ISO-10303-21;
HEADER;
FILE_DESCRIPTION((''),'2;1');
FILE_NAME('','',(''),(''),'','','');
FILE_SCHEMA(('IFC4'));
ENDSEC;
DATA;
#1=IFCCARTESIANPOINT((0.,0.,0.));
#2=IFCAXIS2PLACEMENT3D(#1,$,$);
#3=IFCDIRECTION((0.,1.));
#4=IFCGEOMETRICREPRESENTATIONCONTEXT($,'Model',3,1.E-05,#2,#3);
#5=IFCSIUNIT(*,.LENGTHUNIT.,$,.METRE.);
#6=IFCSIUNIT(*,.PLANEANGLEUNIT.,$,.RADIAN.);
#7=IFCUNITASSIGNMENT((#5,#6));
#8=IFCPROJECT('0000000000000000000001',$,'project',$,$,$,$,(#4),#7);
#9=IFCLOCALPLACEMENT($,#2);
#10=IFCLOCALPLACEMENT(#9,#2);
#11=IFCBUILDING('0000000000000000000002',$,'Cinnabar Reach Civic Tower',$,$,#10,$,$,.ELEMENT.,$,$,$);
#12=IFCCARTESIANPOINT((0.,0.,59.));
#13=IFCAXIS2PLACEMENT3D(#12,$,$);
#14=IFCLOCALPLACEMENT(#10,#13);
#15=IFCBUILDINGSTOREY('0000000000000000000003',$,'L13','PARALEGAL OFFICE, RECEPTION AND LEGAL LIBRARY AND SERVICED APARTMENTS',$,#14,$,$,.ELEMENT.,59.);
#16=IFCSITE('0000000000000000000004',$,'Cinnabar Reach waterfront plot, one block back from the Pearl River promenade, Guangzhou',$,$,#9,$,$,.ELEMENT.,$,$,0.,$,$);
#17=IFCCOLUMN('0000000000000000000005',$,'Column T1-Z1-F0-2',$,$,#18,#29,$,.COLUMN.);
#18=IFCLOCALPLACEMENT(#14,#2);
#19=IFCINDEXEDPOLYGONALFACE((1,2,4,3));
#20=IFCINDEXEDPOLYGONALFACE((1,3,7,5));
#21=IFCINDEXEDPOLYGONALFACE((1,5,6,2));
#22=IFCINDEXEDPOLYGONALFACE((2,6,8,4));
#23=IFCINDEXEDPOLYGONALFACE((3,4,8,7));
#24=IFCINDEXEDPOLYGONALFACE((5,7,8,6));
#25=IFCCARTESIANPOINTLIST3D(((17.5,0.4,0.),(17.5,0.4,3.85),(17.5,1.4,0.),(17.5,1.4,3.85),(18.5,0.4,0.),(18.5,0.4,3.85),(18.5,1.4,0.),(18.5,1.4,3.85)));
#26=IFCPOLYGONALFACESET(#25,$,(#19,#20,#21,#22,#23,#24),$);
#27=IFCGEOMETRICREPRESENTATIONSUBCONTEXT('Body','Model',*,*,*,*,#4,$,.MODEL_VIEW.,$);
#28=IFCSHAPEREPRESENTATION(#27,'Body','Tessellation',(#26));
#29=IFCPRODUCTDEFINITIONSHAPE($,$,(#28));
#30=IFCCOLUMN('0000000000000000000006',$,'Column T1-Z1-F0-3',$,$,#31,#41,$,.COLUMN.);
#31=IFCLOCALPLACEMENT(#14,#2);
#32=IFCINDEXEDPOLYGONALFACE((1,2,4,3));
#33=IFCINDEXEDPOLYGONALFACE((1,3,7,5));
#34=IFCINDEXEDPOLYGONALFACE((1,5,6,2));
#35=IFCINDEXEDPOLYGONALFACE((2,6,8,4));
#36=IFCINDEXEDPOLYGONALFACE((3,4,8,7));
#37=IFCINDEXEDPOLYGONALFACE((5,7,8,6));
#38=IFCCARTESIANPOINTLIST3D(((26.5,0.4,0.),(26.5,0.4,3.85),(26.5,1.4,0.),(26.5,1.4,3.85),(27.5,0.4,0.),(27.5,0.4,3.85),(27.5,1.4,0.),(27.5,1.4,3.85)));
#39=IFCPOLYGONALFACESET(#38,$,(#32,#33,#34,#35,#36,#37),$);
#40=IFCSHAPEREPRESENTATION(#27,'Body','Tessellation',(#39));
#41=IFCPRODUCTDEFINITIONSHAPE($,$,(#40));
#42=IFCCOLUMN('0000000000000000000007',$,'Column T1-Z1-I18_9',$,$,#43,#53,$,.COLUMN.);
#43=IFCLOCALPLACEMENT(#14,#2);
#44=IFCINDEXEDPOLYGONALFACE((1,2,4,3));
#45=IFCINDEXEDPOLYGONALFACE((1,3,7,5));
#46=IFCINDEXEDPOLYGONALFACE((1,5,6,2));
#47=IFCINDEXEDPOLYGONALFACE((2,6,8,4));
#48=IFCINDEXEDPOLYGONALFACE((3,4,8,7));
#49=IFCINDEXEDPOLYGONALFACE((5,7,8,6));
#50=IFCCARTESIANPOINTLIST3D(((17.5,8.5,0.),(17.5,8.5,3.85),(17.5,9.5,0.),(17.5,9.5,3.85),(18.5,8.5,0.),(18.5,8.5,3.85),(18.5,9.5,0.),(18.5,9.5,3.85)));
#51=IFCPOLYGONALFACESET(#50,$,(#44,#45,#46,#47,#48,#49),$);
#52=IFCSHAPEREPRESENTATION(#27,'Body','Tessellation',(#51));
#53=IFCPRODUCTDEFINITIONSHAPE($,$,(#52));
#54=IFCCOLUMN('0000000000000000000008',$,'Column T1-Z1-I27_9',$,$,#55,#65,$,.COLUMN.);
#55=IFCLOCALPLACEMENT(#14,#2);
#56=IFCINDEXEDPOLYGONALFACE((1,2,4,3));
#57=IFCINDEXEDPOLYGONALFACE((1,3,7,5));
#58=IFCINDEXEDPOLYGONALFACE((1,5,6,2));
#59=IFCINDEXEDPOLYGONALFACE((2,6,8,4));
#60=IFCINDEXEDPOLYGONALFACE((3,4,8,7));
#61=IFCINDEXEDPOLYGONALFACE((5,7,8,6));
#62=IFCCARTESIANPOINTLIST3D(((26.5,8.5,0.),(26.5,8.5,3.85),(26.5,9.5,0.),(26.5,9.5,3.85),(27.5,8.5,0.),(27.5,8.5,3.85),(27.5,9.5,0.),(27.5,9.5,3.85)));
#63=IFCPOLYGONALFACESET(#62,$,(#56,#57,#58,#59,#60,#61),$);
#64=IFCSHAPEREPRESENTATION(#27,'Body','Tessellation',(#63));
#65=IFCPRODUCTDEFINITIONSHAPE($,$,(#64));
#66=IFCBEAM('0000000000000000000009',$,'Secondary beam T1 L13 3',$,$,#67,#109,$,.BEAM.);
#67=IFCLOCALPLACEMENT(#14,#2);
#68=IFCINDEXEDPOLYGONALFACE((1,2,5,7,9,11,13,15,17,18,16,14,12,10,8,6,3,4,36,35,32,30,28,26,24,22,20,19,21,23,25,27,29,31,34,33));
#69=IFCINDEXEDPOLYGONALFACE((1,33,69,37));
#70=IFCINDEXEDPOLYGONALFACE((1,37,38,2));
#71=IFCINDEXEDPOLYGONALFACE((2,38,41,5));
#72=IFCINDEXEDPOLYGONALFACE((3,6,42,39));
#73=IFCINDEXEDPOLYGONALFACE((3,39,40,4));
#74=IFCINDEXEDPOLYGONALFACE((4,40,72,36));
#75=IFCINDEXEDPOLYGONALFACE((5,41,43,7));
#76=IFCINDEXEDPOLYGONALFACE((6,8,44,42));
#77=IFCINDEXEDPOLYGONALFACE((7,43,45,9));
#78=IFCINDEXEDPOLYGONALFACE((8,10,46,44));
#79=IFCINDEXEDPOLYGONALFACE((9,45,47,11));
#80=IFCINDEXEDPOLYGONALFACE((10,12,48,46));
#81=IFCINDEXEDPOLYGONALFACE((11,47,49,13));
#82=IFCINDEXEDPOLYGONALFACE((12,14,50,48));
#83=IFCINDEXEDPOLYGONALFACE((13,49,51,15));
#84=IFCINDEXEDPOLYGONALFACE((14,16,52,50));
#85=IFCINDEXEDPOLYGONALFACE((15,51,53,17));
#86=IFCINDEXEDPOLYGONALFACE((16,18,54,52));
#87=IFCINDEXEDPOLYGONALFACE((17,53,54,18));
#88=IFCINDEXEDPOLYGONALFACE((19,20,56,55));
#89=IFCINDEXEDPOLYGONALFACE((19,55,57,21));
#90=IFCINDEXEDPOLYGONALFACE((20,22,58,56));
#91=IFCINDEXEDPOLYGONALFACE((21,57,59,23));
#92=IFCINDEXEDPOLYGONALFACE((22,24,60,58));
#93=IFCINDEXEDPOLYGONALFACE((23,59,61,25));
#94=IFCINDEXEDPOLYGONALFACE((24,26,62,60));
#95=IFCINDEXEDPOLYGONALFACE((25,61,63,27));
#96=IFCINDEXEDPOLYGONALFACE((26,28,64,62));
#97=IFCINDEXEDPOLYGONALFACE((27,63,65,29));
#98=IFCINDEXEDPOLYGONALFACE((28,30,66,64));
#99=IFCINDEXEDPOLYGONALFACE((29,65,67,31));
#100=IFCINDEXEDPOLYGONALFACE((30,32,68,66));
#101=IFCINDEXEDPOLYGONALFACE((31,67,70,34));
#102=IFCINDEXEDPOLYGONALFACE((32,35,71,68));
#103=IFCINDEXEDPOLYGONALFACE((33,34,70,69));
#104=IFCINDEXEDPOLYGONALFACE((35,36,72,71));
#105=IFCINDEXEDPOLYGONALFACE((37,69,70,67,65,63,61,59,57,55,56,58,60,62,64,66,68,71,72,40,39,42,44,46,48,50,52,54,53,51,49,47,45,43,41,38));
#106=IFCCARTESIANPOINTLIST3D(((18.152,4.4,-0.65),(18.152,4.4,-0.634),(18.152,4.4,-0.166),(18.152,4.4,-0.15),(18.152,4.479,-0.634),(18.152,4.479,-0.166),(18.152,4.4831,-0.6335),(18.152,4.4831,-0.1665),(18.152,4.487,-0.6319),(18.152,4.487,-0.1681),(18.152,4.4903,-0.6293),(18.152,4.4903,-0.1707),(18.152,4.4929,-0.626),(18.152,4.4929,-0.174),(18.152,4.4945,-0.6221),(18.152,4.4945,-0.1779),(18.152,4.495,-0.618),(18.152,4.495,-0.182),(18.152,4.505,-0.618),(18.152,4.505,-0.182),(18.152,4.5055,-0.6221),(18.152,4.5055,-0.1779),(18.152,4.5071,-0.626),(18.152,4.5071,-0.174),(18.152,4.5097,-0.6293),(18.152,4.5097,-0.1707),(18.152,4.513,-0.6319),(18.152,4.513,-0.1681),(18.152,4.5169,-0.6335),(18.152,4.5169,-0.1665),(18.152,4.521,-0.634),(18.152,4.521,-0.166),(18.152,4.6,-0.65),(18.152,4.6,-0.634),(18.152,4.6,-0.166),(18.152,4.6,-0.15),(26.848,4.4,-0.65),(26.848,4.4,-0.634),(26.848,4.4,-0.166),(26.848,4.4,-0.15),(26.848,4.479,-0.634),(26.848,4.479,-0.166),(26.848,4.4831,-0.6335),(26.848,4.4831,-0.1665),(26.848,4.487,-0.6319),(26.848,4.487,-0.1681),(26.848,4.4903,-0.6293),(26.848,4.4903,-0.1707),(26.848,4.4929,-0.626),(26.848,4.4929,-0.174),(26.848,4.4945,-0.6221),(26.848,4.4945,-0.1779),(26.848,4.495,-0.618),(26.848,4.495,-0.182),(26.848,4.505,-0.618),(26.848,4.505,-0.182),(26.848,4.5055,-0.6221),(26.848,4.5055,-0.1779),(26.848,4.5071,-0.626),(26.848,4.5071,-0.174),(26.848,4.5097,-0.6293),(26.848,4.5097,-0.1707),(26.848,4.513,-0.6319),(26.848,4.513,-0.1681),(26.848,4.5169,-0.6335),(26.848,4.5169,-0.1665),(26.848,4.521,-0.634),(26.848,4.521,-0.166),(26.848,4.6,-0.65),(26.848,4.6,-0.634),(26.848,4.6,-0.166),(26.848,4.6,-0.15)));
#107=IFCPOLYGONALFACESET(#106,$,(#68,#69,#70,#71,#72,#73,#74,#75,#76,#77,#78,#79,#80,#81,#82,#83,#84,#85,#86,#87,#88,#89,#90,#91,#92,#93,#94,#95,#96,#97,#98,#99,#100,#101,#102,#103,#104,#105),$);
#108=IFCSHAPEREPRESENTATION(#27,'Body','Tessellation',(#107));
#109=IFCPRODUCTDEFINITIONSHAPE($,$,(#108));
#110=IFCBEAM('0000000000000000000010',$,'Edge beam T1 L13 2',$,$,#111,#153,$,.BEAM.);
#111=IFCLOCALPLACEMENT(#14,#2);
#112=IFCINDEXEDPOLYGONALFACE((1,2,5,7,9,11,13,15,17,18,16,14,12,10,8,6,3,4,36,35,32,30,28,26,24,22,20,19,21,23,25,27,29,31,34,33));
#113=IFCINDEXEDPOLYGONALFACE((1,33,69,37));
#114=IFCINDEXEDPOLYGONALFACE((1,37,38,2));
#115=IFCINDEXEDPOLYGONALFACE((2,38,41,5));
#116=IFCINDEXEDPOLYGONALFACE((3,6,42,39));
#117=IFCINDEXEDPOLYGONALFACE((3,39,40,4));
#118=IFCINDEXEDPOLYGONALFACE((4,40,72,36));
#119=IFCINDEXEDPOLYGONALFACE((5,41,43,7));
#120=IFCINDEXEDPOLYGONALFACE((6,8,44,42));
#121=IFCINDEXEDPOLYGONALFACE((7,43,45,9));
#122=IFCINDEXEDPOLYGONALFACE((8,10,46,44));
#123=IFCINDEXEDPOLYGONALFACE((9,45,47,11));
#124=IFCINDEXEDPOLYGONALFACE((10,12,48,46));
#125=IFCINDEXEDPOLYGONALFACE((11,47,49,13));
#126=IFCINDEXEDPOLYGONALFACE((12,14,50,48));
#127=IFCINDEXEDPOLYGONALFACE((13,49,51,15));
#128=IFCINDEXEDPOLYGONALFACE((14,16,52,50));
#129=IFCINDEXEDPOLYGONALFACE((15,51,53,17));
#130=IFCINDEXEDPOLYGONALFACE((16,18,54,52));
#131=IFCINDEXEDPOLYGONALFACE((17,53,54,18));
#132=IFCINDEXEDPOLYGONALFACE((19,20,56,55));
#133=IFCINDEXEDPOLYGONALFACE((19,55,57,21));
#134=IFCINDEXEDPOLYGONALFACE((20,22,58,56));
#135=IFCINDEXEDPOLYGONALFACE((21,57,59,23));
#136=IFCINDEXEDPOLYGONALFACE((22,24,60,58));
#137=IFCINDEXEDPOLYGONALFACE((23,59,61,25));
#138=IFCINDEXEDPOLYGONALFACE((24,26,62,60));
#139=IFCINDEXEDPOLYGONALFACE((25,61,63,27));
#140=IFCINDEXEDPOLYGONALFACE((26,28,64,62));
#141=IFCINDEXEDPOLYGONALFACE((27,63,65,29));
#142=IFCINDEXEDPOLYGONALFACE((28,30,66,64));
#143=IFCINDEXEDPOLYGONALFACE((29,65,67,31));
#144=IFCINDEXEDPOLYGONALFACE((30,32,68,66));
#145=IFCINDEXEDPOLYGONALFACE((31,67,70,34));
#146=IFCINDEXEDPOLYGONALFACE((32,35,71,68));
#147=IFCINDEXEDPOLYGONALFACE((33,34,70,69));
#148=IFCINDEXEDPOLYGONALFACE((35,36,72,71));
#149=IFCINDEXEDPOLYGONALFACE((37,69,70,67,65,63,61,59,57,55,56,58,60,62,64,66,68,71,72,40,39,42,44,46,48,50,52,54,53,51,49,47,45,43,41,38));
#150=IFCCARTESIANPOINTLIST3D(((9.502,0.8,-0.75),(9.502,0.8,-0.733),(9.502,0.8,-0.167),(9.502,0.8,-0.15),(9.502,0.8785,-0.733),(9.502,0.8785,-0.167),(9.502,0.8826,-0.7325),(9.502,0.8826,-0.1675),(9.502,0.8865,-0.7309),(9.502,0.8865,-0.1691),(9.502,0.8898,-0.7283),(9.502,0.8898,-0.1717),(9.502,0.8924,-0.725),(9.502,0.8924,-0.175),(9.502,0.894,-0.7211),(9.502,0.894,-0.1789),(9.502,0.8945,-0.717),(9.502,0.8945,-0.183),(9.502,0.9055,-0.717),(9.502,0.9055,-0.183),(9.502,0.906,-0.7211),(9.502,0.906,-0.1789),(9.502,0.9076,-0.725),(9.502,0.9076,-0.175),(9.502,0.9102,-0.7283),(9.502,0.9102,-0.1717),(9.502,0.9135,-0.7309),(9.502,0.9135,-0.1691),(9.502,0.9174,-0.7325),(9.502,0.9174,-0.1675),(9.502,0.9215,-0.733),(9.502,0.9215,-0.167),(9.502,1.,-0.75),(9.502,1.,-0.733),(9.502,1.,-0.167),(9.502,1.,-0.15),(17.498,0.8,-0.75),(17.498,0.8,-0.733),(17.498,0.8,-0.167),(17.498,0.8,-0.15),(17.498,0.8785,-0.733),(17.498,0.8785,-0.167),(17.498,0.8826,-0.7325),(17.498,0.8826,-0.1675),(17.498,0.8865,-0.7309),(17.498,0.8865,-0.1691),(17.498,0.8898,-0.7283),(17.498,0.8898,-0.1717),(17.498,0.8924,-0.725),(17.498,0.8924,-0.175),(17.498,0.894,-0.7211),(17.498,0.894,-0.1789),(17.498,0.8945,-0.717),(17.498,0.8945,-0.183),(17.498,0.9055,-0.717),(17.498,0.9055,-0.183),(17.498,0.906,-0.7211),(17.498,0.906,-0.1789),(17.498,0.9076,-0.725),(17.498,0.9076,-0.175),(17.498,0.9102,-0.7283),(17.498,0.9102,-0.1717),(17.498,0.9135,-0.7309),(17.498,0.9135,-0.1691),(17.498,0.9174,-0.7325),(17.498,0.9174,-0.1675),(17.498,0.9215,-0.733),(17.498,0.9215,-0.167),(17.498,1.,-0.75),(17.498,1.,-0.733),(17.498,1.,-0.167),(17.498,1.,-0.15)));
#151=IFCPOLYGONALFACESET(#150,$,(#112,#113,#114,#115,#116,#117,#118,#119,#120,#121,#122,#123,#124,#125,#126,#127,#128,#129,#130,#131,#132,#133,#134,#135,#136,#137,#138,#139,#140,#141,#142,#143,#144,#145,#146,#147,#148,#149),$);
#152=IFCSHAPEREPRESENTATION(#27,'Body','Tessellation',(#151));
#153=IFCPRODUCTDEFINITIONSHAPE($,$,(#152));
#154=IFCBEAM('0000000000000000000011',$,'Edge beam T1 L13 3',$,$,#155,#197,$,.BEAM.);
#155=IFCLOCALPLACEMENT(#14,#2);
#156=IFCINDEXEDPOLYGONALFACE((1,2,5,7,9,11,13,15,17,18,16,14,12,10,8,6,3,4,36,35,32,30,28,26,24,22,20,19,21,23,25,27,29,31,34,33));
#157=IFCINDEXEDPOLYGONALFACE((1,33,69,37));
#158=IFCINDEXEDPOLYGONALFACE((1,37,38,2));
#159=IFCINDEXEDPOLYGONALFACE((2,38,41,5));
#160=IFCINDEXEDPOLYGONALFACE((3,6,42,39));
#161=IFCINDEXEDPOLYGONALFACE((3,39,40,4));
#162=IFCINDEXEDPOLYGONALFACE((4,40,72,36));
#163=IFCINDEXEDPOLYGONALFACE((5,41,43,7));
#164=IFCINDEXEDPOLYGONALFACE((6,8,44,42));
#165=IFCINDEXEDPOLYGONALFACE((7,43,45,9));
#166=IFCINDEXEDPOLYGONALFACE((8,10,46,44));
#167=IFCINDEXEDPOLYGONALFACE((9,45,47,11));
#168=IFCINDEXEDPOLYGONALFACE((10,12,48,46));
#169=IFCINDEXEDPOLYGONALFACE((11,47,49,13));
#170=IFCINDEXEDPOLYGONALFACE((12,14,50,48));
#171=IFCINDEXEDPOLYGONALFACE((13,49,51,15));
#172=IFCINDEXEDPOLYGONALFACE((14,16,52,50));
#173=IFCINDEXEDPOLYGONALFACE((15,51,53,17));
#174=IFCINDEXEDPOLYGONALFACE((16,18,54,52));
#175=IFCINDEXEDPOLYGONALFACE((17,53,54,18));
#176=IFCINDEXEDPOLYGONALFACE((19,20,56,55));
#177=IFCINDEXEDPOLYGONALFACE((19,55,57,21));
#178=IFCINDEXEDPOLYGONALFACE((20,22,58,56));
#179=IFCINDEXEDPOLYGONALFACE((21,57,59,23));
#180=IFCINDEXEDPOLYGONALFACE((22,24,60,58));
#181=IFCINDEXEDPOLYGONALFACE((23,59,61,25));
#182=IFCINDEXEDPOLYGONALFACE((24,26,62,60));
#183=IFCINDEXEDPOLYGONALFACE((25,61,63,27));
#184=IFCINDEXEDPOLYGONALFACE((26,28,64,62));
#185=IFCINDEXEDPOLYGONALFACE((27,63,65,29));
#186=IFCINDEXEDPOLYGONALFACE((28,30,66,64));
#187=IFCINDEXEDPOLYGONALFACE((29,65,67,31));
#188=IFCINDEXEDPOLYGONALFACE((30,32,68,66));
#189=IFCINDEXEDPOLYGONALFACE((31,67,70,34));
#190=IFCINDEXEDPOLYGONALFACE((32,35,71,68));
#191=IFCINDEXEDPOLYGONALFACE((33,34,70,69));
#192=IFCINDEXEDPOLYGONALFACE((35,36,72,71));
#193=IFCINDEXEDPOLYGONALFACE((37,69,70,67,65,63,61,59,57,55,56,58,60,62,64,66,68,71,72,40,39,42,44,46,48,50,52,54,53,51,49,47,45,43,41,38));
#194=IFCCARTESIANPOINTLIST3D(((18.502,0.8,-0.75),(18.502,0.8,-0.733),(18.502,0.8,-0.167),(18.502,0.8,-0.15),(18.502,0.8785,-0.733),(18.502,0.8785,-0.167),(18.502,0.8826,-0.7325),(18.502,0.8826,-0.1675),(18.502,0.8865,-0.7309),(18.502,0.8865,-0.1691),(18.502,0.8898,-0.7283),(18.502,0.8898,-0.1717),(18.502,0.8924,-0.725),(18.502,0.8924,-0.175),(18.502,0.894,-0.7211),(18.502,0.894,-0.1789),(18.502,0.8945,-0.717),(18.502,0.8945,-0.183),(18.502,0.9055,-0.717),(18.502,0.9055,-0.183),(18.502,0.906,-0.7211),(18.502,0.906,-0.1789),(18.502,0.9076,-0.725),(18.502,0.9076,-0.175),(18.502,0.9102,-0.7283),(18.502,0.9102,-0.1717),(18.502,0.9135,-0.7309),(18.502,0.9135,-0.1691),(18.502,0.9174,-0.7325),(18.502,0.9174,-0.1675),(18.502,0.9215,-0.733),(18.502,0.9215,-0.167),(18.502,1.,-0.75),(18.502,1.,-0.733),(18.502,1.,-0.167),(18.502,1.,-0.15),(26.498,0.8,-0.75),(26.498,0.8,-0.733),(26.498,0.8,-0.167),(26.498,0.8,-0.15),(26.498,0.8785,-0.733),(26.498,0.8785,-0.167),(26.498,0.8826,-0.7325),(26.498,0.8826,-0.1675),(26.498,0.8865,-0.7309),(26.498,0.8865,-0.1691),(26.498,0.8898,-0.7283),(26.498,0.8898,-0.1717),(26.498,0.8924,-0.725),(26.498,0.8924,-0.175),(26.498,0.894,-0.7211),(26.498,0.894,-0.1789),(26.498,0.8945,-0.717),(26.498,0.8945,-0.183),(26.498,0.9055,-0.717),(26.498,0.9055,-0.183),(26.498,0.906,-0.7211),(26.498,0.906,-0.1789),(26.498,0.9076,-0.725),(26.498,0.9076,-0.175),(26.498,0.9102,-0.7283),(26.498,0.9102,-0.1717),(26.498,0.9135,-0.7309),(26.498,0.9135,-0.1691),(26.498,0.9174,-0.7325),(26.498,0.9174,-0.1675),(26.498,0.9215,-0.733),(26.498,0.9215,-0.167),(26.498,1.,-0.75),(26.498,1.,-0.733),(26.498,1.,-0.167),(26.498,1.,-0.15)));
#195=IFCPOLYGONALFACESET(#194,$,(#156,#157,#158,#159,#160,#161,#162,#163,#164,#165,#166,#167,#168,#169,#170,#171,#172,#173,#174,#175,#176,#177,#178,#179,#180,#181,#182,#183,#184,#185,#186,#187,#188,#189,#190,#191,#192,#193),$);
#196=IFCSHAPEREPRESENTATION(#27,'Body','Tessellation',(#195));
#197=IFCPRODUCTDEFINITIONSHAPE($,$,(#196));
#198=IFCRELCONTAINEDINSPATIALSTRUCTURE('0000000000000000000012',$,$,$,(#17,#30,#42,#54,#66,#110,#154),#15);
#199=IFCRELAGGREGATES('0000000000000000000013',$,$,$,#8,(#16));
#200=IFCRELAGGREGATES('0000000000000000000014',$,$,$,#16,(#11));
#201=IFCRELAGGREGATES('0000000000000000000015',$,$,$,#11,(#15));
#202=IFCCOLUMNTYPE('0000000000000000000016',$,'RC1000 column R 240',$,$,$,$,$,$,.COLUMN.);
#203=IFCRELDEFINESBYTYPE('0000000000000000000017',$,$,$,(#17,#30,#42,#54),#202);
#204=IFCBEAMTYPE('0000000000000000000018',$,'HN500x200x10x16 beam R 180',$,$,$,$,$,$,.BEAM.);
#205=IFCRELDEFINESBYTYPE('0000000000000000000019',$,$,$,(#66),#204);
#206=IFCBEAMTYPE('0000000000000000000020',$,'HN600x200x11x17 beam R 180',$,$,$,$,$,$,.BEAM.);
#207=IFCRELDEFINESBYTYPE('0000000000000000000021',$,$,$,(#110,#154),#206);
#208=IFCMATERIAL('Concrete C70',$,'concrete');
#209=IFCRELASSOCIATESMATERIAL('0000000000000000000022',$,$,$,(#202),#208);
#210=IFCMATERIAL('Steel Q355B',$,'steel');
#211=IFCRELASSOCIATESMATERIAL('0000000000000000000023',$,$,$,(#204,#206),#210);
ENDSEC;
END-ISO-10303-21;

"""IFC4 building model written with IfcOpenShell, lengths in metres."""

from ifc_helpers import new_model, si_unit, direction, frame, origin, origin_2d, place, context, subcontext, project, spatial, rectangle, i_section, extrude, material, material_profile, profile_set, type_object, element, save


model = new_model("IFC4")

# Units and contexts
model_context = context("Model", 3, precision=1e-05, world=origin(), true_north=direction((0.0, 1.0)))
body_context = subcontext(model_context, "Body", "Model", "MODEL_VIEW")
ifc_project = project(units=[si_unit("LENGTHUNIT", "METRE"), si_unit("PLANEANGLEUNIT", "RADIAN")], contexts=[model_context])

# Site, building, storey
site_placement = place(None, origin())
site = spatial("IfcSite", under=ifc_project, at=site_placement, Name="Cinnabar Reach waterfront plot, one block back from the Pearl River promenade, Guangzhou", CompositionType="ELEMENT", RefElevation=0.0)
building_placement = place(site_placement, origin())
building = spatial("IfcBuilding", under=site, at=building_placement, Name="Cinnabar Reach Civic Tower", CompositionType="ELEMENT")
storey_placement = place(building_placement, frame((0.0, 0.0, 59.0)))
storey = spatial("IfcBuildingStorey", under=building, at=storey_placement, Name="L13", Description="PARALEGAL OFFICE, RECEPTION AND LEGAL LIBRARY AND SERVICED APARTMENTS", CompositionType="ELEMENT", Elevation=59.0)

# Columns
ifc_material_1 = material(Name="Concrete C70", Category="concrete")
ifc_material_profile_1 = material_profile(ifc_material_1, rectangle(XDim=1.0, YDim=1.0, at=origin_2d()), Name="RC1000")
ifc_profile_set_1 = profile_set([ifc_material_profile_1], Name="Concrete C70")
column_type = type_object("IfcColumnType", Name="RC1000 column R 240", PredefinedType="COLUMN", material=ifc_profile_set_1)
for number, where, z_axis, x_axis, name in (
    (1, (18.0, 0.9, 0.0), (0.0, 0.0, 1.0), (1.0, 0.0, 0.0), "Column T1-Z1-F0-2"),
    (2, (27.0, 0.9, 0.0), (0.0, 0.0, 1.0), (1.0, 0.0, 0.0), "Column T1-Z1-F0-3"),
    (3, (18.0, 9.0, 0.0), (0.0, 0.0, 1.0), (1.0, 0.0, 0.0), "Column T1-Z1-I18_9"),
    (4, (27.0, 9.0, 0.0), (0.0, 0.0, 1.0), (1.0, 0.0, 0.0), "Column T1-Z1-I27_9"),
):
    element("IfcColumn", number, at=place(storey_placement, frame(where, z_axis=z_axis, x_axis=x_axis)), inside=storey, type_object=column_type, Name=name, PredefinedType="COLUMN", context=body_context, shape_type="SweptSolid", body=[
        extrude(rectangle(XDim=1.0, YDim=1.0, at=origin_2d()), origin(), (0.0, 0.0, 1.0), 3.85),
    ])

# Beams
ifc_material_2 = material(Name="Steel Q355B", Category="steel")
ifc_material_profile_2 = material_profile(ifc_material_2, i_section(OverallWidth=0.2, OverallDepth=0.5, WebThickness=0.01, FlangeThickness=0.016, FilletRadius=0.016, at=origin_2d()), Name="HN500x200x10x16")
ifc_profile_set_2 = profile_set([ifc_material_profile_2], Name="Steel Q355B")
beam_type_1 = type_object("IfcBeamType", Name="HN500x200x10x16 beam R 180", PredefinedType="BEAM", material=ifc_profile_set_2)
beam_1_placement = place(storey_placement, frame((18.152, 4.5, -0.4), z_axis=(1.0, 0.0, 0.0), x_axis=(0.0, 1.0, 0.0)))
element("IfcBeam", 5, at=beam_1_placement, inside=storey, type_object=beam_type_1, Name="Secondary beam T1 L13 3", PredefinedType="BEAM", context=body_context, shape_type="SweptSolid", body=[
    extrude(i_section(OverallWidth=0.2, OverallDepth=0.5, WebThickness=0.01, FlangeThickness=0.016, FilletRadius=0.016, at=origin_2d()), origin(), (0.0, 0.0, 1.0), 8.696),
])
ifc_material_profile_3 = material_profile(ifc_material_2, i_section(OverallWidth=0.2, OverallDepth=0.6, WebThickness=0.011, FlangeThickness=0.017, FilletRadius=0.016, at=origin_2d()), Name="HN600x200x11x17")
ifc_profile_set_3 = profile_set([ifc_material_profile_3], Name="Steel Q355B")
beam_type_2 = type_object("IfcBeamType", Name="HN600x200x11x17 beam R 180", PredefinedType="BEAM", material=ifc_profile_set_3)
for number, where, z_axis, x_axis, name in (
    (6, (9.502, 0.9, -0.45), (1.0, 0.0, 0.0), (0.0, 1.0, 0.0), "Edge beam T1 L13 2"),
    (7, (18.502, 0.9, -0.45), (1.0, 0.0, 0.0), (0.0, 1.0, 0.0), "Edge beam T1 L13 3"),
):
    element("IfcBeam", number, at=place(storey_placement, frame(where, z_axis=z_axis, x_axis=x_axis)), inside=storey, type_object=beam_type_2, Name=name, PredefinedType="BEAM", context=body_context, shape_type="SweptSolid", body=[
        extrude(i_section(OverallWidth=0.2, OverallDepth=0.6, WebThickness=0.011, FlangeThickness=0.017, FilletRadius=0.016, at=origin_2d()), origin(), (0.0, 0.0, 1.0), 7.996),
    ])

save(model, "model.ifc")
